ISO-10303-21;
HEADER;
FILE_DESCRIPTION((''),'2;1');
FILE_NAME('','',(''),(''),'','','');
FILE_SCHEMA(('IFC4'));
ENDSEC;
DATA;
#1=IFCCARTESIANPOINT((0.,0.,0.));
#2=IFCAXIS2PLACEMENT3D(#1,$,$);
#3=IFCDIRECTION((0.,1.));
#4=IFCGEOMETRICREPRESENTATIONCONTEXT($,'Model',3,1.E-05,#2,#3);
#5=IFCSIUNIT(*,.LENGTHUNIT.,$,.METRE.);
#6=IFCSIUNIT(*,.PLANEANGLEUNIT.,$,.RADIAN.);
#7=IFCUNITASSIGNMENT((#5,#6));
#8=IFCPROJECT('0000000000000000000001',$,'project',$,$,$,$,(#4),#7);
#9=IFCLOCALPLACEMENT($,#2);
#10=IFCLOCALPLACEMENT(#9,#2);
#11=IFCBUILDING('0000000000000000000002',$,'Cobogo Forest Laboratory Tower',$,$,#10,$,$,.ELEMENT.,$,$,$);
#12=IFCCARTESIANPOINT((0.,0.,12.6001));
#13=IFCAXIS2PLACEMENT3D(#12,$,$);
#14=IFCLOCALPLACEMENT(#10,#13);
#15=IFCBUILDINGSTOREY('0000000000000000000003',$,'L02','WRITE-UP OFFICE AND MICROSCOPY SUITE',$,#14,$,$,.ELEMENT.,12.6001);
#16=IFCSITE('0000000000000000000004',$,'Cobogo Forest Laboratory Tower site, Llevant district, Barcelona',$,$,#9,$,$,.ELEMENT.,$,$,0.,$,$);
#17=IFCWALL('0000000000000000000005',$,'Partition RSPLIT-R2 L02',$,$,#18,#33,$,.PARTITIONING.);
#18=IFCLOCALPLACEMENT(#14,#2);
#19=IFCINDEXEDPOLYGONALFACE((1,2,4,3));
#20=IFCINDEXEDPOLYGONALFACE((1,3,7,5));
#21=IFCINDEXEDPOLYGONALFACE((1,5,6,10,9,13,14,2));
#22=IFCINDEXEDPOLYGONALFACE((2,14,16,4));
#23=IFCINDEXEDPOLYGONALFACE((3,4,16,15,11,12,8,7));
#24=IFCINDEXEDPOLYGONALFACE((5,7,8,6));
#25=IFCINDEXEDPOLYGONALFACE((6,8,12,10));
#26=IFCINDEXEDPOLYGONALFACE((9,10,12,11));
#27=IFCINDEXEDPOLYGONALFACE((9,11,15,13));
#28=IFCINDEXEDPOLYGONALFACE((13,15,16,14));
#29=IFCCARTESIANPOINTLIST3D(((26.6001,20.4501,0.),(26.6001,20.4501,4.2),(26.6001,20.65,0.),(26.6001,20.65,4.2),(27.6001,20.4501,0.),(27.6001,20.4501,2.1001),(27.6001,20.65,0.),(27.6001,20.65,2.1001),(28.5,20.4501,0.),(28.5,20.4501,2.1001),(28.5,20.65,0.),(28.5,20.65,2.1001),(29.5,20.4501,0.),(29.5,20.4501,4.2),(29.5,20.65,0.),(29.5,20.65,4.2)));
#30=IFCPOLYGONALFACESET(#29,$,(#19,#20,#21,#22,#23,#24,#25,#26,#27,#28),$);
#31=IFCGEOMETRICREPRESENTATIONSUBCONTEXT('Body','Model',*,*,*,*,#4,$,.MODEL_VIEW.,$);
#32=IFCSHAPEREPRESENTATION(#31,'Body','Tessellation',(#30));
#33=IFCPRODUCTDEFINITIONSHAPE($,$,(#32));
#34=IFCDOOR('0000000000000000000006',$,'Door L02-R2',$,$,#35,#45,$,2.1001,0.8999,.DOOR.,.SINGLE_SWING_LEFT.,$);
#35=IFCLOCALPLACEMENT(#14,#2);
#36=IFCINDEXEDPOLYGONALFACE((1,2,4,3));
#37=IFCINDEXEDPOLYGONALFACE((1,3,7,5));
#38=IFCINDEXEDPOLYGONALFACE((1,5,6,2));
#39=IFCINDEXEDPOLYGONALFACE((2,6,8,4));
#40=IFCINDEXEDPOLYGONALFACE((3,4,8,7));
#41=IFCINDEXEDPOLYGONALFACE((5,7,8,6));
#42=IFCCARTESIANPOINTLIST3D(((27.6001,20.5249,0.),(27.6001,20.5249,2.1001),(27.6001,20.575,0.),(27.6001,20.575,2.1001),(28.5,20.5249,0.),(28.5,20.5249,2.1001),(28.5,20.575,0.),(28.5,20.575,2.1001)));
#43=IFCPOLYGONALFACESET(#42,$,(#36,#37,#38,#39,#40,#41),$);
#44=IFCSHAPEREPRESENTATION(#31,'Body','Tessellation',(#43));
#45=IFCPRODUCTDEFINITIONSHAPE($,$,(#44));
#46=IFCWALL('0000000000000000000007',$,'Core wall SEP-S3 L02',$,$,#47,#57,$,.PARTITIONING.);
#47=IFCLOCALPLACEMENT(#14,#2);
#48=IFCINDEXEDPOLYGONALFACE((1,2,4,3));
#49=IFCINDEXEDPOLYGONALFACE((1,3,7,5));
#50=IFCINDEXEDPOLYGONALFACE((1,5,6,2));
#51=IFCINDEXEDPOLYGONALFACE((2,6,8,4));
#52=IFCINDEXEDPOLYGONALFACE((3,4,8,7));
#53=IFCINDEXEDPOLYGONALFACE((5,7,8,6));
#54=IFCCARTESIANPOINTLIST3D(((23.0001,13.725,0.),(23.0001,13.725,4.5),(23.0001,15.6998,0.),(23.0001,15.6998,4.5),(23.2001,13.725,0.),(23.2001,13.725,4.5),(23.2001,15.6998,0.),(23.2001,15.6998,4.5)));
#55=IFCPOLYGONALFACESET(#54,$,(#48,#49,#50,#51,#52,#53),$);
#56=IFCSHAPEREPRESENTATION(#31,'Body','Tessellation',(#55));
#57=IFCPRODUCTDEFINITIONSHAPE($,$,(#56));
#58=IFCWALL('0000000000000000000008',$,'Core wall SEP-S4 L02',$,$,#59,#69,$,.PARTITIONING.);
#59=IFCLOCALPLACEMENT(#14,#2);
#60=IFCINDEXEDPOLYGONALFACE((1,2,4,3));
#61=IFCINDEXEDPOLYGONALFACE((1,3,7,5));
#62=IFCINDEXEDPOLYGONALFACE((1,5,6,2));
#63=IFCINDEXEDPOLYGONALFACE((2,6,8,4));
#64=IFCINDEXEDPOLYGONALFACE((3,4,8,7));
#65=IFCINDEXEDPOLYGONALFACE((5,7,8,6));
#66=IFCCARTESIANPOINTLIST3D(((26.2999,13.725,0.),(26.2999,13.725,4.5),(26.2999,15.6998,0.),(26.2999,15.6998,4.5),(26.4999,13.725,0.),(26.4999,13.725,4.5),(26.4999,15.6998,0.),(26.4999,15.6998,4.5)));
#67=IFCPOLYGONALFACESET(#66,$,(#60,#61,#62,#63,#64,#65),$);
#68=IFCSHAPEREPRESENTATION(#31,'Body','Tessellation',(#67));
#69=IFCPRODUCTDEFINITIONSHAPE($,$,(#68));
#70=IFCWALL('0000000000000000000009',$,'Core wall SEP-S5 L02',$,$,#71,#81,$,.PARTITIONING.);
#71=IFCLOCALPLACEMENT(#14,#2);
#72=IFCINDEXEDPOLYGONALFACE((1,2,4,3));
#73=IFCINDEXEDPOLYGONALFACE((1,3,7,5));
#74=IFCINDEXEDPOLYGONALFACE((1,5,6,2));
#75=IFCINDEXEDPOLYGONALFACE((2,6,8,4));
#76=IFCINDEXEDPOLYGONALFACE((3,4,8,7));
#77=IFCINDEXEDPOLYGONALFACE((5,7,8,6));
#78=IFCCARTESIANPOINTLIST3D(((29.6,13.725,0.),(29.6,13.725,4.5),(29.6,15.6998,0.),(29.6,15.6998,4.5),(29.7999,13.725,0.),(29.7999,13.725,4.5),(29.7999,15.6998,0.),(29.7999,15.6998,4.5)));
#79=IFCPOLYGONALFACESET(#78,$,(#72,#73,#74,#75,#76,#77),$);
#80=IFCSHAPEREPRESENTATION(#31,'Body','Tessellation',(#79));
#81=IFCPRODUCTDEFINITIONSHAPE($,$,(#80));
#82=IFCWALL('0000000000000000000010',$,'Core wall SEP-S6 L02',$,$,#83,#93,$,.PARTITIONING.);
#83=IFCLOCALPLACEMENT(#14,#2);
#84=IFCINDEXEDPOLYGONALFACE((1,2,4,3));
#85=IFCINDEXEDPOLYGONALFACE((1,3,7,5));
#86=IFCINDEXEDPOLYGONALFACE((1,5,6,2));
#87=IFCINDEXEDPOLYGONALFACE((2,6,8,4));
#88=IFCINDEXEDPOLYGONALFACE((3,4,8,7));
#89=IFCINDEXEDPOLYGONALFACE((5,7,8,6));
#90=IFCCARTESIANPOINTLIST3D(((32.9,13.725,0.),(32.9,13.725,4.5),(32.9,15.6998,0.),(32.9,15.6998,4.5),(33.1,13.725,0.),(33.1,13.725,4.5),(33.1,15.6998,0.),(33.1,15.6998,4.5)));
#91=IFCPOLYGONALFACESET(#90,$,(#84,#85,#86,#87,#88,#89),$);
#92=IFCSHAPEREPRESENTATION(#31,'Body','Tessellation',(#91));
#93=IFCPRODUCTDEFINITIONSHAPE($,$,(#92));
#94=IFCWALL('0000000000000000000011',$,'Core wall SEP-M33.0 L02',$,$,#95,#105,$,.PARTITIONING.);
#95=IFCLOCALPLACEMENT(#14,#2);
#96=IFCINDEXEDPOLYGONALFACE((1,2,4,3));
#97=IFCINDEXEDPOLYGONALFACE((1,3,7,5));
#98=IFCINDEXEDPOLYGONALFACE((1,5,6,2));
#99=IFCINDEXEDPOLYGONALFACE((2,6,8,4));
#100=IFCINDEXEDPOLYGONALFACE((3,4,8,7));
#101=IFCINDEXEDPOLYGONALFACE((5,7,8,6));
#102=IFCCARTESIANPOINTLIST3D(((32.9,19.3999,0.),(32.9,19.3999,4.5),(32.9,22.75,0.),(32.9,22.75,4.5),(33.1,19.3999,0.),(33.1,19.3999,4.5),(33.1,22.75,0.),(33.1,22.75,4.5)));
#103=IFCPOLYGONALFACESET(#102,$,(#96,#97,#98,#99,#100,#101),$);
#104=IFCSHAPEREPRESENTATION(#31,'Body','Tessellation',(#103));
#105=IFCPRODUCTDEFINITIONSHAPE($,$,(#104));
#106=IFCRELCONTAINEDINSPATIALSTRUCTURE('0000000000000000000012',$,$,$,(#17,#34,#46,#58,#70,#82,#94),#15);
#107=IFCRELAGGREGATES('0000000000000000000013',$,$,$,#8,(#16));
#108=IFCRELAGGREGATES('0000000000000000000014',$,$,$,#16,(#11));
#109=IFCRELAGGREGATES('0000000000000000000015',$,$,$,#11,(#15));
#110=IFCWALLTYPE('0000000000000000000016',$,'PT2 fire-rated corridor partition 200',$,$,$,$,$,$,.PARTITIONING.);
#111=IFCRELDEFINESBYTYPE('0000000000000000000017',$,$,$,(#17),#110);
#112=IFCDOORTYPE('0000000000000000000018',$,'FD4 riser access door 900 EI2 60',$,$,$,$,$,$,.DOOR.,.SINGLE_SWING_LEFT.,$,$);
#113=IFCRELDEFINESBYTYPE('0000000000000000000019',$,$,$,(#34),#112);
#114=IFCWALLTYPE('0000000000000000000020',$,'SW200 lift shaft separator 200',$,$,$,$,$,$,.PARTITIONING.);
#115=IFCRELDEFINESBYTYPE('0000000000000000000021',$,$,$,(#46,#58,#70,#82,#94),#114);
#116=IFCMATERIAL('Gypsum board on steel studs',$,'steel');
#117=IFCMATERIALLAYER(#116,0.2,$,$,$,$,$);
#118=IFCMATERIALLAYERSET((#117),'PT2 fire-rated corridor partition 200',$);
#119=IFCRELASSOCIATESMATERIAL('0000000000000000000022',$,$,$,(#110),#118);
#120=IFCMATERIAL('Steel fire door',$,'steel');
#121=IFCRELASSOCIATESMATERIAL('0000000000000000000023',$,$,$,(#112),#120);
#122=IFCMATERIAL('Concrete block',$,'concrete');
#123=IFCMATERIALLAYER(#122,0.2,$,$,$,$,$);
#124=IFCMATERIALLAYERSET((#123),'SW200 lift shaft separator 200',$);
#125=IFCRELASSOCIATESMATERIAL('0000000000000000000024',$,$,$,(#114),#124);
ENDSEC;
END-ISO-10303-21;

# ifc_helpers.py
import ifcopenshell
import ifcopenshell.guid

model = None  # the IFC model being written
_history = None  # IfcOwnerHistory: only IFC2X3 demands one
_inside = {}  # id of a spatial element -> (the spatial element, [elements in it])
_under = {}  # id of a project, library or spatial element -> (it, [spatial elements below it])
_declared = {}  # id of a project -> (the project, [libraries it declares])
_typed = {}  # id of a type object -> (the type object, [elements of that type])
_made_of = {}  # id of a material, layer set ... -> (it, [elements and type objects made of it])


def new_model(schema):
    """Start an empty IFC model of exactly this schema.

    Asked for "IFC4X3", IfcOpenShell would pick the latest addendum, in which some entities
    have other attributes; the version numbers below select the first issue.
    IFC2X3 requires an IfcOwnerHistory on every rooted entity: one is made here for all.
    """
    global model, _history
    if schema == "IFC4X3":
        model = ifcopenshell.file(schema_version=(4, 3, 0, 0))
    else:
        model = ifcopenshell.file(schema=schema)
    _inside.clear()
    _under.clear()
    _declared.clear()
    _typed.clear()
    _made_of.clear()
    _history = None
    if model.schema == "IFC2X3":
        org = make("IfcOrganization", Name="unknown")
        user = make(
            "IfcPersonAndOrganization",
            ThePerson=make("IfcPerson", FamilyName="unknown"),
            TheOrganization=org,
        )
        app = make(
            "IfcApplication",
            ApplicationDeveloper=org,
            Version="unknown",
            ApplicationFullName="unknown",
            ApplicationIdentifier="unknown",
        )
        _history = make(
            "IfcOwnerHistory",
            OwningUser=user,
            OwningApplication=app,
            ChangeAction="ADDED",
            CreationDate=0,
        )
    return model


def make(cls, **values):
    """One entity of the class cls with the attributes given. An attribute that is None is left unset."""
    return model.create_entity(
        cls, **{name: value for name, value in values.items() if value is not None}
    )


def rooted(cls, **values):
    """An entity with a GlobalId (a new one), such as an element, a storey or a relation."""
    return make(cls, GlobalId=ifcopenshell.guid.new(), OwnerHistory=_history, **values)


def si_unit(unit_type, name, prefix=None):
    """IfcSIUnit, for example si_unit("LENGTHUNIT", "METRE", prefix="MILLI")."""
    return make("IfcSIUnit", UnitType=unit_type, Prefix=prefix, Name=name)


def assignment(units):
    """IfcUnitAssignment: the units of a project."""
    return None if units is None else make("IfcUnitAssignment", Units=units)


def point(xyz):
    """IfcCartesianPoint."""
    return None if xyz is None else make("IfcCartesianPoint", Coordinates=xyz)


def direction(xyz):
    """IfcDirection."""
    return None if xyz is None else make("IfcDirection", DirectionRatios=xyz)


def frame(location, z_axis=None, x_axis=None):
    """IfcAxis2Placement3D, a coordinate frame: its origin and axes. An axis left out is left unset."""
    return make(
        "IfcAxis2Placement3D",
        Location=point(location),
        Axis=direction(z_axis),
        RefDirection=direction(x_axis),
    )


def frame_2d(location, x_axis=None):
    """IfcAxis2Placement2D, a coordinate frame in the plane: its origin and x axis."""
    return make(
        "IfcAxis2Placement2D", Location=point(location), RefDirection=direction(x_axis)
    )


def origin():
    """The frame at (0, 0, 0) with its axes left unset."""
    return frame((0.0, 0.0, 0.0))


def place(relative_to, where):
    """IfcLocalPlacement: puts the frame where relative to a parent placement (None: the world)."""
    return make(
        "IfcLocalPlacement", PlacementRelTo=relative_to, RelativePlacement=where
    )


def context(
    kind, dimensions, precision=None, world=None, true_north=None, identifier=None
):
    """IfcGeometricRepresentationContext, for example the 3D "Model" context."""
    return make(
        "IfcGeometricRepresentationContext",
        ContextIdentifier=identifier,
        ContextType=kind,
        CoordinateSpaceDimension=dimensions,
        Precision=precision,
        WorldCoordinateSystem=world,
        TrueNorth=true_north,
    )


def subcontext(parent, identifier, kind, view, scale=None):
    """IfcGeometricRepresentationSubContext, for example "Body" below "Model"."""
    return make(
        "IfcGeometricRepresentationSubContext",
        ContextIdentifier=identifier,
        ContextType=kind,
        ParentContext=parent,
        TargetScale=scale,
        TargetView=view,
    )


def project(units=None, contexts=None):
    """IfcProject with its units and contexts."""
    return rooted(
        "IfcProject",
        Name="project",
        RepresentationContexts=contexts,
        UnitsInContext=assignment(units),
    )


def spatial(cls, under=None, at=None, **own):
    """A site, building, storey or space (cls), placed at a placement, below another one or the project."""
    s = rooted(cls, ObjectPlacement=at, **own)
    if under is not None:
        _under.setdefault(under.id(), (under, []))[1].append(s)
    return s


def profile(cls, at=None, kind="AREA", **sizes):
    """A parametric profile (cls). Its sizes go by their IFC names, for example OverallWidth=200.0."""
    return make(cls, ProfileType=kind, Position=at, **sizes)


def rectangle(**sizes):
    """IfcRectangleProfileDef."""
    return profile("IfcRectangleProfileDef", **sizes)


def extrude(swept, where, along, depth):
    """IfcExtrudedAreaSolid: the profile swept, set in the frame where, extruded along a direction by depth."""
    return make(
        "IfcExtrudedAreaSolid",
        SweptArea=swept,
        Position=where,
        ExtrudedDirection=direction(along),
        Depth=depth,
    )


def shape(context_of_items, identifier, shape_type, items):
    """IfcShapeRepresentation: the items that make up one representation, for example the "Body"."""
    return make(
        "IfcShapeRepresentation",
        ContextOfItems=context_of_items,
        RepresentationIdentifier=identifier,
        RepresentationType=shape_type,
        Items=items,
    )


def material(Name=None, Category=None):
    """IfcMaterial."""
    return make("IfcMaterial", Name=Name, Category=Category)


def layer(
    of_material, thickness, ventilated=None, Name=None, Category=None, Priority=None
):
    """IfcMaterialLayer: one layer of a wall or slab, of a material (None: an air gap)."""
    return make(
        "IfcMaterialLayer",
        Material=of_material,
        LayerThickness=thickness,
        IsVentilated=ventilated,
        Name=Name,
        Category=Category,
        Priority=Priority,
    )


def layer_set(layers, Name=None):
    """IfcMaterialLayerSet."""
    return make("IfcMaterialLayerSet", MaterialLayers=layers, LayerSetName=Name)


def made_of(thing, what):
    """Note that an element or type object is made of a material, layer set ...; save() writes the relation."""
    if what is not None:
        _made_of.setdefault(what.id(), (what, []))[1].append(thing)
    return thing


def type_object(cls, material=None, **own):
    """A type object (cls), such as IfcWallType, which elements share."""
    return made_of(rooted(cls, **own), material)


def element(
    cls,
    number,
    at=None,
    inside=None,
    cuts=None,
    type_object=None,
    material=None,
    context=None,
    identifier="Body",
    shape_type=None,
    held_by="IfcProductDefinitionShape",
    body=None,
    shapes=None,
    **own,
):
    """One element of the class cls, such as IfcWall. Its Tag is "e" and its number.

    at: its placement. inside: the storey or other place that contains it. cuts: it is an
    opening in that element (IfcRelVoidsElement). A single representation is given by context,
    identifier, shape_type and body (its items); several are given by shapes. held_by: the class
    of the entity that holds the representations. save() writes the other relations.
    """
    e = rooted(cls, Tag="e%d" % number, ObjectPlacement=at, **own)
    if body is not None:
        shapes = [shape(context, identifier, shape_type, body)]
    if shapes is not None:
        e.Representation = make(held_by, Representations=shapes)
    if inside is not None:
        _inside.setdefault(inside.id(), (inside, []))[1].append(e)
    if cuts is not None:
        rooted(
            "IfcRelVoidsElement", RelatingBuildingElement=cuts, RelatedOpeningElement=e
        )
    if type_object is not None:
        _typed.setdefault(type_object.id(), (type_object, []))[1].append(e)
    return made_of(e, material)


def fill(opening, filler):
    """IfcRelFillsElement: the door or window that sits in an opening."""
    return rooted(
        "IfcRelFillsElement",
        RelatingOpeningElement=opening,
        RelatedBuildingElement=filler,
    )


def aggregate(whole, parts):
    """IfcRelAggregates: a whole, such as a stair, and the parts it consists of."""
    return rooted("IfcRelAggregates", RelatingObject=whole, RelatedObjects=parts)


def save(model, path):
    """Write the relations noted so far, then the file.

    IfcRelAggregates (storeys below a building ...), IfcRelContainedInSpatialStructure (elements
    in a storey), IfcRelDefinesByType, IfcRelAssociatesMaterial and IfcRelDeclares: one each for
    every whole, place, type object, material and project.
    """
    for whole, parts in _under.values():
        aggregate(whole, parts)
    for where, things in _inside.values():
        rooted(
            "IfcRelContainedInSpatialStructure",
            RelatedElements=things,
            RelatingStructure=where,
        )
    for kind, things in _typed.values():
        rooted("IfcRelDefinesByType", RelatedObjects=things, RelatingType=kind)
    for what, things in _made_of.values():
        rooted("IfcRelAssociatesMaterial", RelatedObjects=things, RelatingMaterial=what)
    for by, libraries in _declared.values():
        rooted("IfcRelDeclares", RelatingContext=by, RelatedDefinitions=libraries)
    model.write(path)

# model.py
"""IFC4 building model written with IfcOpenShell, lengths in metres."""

from ifc_helpers import new_model, si_unit, direction, frame, frame_2d, origin, place, context, subcontext, project, spatial, rectangle, extrude, material, layer, layer_set, type_object, element, fill, save


model = new_model("IFC4")

# Units and contexts
model_context = context("Model", 3, precision=1e-05, world=origin(), true_north=direction((0.0, 1.0)))
body_context = subcontext(model_context, "Body", "Model", "MODEL_VIEW")
ifc_project = project(units=[si_unit("LENGTHUNIT", "METRE"), si_unit("PLANEANGLEUNIT", "RADIAN")], contexts=[model_context])

# Site, building, storey
site_placement = place(None, origin())
site = spatial("IfcSite", under=ifc_project, at=site_placement, Name="Cobogo Forest Laboratory Tower site, Llevant district, Barcelona", CompositionType="ELEMENT", RefElevation=0.0)
building_placement = place(site_placement, origin())
building = spatial("IfcBuilding", under=site, at=building_placement, Name="Cobogo Forest Laboratory Tower", CompositionType="ELEMENT")
storey_placement = place(building_placement, frame((0.0, 0.0, 12.6001)))
storey = spatial("IfcBuildingStorey", under=building, at=storey_placement, Name="L02", Description="WRITE-UP OFFICE AND MICROSCOPY SUITE", CompositionType="ELEMENT", Elevation=12.6001)

# Shared definitions
ifc_material_1 = material(Name="Gypsum board on steel studs", Category="steel")

# Wall, opening, door
ifc_layer_1 = layer(ifc_material_1, 0.2)
ifc_layer_set_1 = layer_set([ifc_layer_1], Name="PT2 fire-rated corridor partition 200")
wall_type_1 = type_object("IfcWallType", Name="PT2 fire-rated corridor partition 200", PredefinedType="PARTITIONING", material=ifc_layer_set_1)
wall_1_placement = place(storey_placement, frame((26.6001, 20.55, 0.0), z_axis=(0.0, 0.0, 1.0), x_axis=(1.0, 0.0, 0.0)))
wall_1 = element("IfcWall", 1, at=wall_1_placement, inside=storey, type_object=wall_type_1, Name="Partition RSPLIT-R2 L02", PredefinedType="PARTITIONING", context=body_context, shape_type="SweptSolid", body=[
    extrude(rectangle(XDim=2.8999, YDim=0.2, at=frame_2d((1.45, 0.0))), origin(), (0.0, 0.0, 1.0), 4.2),
])
opening_placement = place(wall_1_placement, frame((1.0, 0.0, 0.0)))
opening = element("IfcOpeningElement", 2, at=opening_placement, cuts=wall_1, PredefinedType="OPENING", context=body_context, shape_type="SweptSolid", body=[
    extrude(rectangle(XDim=0.8999, YDim=2.1001, at=frame_2d((0.45, 1.05))), frame((0.0, 0.1099, 0.0), z_axis=(0.0, -1.0, 0.0), x_axis=(1.0, 0.0, 0.0)), (0.0, 0.0, 1.0), 0.22),
])
ifc_material_2 = material(Name="Steel fire door", Category="steel")
door_type = type_object("IfcDoorType", Name="FD4 riser access door 900 EI2 60", OperationType="SINGLE_SWING_LEFT", PredefinedType="DOOR", material=ifc_material_2)
door_placement = place(opening_placement, origin())
door = element("IfcDoor", 3, at=door_placement, inside=storey, type_object=door_type, Name="Door L02-R2", OperationType="SINGLE_SWING_LEFT", OverallHeight=2.1001, OverallWidth=0.8999, PredefinedType="DOOR", context=body_context, shape_type="SweptSolid", body=[
    extrude(rectangle(XDim=0.8999, YDim=2.1001, at=frame_2d((0.45, 1.05))), frame((0.0, 0.0249, 0.0), z_axis=(0.0, -1.0, 0.0), x_axis=(1.0, 0.0, 0.0)), (0.0, 0.0, 1.0), 0.05),
])
fill(opening, door)

# Walls
ifc_material_3 = material(Name="Concrete block", Category="concrete")
ifc_layer_2 = layer(ifc_material_3, 0.2)
ifc_layer_set_2 = layer_set([ifc_layer_2], Name="SW200 lift shaft separator 200")
wall_type_2 = type_object("IfcWallType", Name="SW200 lift shaft separator 200", PredefinedType="PARTITIONING", material=ifc_layer_set_2)
for number, where, z_axis, x_axis, name in (
    (4, (23.1001, 13.7251, 0.0), (0.0, 0.0, 1.0), (0.0, 1.0, 0.0), "Core wall SEP-S3 L02"),
    (5, (26.3999, 13.7251, 0.0), (0.0, 0.0, 1.0), (0.0, 1.0, 0.0), "Core wall SEP-S4 L02"),
    (6, (29.7, 13.7251, 0.0), (0.0, 0.0, 1.0), (0.0, 1.0, 0.0), "Core wall SEP-S5 L02"),
    (7, (33.0, 13.7251, 0.0), (0.0, 0.0, 1.0), (0.0, 1.0, 0.0), "Core wall SEP-S6 L02"),
):
    element("IfcWall", number, at=place(storey_placement, frame(where, z_axis=z_axis, x_axis=x_axis)), inside=storey, type_object=wall_type_2, Name=name, PredefinedType="PARTITIONING", context=body_context, shape_type="SweptSolid", body=[
        extrude(rectangle(XDim=1.9749, YDim=0.2, at=frame_2d((0.9873, 0.0))), origin(), (0.0, 0.0, 1.0), 4.5),
    ])
wall_2_placement = place(storey_placement, frame((33.0, 19.3999, 0.0), z_axis=(0.0, 0.0, 1.0), x_axis=(0.0, 1.0, 0.0)))
element("IfcWall", 8, at=wall_2_placement, inside=storey, type_object=wall_type_2, Name="Core wall SEP-M33.0 L02", PredefinedType="PARTITIONING", context=body_context, shape_type="SweptSolid", body=[
    extrude(rectangle(XDim=3.3501, YDim=0.2, at=frame_2d((1.675, 0.0))), origin(), (0.0, 0.0, 1.0), 4.5),
])

save(model, "model.ifc")
